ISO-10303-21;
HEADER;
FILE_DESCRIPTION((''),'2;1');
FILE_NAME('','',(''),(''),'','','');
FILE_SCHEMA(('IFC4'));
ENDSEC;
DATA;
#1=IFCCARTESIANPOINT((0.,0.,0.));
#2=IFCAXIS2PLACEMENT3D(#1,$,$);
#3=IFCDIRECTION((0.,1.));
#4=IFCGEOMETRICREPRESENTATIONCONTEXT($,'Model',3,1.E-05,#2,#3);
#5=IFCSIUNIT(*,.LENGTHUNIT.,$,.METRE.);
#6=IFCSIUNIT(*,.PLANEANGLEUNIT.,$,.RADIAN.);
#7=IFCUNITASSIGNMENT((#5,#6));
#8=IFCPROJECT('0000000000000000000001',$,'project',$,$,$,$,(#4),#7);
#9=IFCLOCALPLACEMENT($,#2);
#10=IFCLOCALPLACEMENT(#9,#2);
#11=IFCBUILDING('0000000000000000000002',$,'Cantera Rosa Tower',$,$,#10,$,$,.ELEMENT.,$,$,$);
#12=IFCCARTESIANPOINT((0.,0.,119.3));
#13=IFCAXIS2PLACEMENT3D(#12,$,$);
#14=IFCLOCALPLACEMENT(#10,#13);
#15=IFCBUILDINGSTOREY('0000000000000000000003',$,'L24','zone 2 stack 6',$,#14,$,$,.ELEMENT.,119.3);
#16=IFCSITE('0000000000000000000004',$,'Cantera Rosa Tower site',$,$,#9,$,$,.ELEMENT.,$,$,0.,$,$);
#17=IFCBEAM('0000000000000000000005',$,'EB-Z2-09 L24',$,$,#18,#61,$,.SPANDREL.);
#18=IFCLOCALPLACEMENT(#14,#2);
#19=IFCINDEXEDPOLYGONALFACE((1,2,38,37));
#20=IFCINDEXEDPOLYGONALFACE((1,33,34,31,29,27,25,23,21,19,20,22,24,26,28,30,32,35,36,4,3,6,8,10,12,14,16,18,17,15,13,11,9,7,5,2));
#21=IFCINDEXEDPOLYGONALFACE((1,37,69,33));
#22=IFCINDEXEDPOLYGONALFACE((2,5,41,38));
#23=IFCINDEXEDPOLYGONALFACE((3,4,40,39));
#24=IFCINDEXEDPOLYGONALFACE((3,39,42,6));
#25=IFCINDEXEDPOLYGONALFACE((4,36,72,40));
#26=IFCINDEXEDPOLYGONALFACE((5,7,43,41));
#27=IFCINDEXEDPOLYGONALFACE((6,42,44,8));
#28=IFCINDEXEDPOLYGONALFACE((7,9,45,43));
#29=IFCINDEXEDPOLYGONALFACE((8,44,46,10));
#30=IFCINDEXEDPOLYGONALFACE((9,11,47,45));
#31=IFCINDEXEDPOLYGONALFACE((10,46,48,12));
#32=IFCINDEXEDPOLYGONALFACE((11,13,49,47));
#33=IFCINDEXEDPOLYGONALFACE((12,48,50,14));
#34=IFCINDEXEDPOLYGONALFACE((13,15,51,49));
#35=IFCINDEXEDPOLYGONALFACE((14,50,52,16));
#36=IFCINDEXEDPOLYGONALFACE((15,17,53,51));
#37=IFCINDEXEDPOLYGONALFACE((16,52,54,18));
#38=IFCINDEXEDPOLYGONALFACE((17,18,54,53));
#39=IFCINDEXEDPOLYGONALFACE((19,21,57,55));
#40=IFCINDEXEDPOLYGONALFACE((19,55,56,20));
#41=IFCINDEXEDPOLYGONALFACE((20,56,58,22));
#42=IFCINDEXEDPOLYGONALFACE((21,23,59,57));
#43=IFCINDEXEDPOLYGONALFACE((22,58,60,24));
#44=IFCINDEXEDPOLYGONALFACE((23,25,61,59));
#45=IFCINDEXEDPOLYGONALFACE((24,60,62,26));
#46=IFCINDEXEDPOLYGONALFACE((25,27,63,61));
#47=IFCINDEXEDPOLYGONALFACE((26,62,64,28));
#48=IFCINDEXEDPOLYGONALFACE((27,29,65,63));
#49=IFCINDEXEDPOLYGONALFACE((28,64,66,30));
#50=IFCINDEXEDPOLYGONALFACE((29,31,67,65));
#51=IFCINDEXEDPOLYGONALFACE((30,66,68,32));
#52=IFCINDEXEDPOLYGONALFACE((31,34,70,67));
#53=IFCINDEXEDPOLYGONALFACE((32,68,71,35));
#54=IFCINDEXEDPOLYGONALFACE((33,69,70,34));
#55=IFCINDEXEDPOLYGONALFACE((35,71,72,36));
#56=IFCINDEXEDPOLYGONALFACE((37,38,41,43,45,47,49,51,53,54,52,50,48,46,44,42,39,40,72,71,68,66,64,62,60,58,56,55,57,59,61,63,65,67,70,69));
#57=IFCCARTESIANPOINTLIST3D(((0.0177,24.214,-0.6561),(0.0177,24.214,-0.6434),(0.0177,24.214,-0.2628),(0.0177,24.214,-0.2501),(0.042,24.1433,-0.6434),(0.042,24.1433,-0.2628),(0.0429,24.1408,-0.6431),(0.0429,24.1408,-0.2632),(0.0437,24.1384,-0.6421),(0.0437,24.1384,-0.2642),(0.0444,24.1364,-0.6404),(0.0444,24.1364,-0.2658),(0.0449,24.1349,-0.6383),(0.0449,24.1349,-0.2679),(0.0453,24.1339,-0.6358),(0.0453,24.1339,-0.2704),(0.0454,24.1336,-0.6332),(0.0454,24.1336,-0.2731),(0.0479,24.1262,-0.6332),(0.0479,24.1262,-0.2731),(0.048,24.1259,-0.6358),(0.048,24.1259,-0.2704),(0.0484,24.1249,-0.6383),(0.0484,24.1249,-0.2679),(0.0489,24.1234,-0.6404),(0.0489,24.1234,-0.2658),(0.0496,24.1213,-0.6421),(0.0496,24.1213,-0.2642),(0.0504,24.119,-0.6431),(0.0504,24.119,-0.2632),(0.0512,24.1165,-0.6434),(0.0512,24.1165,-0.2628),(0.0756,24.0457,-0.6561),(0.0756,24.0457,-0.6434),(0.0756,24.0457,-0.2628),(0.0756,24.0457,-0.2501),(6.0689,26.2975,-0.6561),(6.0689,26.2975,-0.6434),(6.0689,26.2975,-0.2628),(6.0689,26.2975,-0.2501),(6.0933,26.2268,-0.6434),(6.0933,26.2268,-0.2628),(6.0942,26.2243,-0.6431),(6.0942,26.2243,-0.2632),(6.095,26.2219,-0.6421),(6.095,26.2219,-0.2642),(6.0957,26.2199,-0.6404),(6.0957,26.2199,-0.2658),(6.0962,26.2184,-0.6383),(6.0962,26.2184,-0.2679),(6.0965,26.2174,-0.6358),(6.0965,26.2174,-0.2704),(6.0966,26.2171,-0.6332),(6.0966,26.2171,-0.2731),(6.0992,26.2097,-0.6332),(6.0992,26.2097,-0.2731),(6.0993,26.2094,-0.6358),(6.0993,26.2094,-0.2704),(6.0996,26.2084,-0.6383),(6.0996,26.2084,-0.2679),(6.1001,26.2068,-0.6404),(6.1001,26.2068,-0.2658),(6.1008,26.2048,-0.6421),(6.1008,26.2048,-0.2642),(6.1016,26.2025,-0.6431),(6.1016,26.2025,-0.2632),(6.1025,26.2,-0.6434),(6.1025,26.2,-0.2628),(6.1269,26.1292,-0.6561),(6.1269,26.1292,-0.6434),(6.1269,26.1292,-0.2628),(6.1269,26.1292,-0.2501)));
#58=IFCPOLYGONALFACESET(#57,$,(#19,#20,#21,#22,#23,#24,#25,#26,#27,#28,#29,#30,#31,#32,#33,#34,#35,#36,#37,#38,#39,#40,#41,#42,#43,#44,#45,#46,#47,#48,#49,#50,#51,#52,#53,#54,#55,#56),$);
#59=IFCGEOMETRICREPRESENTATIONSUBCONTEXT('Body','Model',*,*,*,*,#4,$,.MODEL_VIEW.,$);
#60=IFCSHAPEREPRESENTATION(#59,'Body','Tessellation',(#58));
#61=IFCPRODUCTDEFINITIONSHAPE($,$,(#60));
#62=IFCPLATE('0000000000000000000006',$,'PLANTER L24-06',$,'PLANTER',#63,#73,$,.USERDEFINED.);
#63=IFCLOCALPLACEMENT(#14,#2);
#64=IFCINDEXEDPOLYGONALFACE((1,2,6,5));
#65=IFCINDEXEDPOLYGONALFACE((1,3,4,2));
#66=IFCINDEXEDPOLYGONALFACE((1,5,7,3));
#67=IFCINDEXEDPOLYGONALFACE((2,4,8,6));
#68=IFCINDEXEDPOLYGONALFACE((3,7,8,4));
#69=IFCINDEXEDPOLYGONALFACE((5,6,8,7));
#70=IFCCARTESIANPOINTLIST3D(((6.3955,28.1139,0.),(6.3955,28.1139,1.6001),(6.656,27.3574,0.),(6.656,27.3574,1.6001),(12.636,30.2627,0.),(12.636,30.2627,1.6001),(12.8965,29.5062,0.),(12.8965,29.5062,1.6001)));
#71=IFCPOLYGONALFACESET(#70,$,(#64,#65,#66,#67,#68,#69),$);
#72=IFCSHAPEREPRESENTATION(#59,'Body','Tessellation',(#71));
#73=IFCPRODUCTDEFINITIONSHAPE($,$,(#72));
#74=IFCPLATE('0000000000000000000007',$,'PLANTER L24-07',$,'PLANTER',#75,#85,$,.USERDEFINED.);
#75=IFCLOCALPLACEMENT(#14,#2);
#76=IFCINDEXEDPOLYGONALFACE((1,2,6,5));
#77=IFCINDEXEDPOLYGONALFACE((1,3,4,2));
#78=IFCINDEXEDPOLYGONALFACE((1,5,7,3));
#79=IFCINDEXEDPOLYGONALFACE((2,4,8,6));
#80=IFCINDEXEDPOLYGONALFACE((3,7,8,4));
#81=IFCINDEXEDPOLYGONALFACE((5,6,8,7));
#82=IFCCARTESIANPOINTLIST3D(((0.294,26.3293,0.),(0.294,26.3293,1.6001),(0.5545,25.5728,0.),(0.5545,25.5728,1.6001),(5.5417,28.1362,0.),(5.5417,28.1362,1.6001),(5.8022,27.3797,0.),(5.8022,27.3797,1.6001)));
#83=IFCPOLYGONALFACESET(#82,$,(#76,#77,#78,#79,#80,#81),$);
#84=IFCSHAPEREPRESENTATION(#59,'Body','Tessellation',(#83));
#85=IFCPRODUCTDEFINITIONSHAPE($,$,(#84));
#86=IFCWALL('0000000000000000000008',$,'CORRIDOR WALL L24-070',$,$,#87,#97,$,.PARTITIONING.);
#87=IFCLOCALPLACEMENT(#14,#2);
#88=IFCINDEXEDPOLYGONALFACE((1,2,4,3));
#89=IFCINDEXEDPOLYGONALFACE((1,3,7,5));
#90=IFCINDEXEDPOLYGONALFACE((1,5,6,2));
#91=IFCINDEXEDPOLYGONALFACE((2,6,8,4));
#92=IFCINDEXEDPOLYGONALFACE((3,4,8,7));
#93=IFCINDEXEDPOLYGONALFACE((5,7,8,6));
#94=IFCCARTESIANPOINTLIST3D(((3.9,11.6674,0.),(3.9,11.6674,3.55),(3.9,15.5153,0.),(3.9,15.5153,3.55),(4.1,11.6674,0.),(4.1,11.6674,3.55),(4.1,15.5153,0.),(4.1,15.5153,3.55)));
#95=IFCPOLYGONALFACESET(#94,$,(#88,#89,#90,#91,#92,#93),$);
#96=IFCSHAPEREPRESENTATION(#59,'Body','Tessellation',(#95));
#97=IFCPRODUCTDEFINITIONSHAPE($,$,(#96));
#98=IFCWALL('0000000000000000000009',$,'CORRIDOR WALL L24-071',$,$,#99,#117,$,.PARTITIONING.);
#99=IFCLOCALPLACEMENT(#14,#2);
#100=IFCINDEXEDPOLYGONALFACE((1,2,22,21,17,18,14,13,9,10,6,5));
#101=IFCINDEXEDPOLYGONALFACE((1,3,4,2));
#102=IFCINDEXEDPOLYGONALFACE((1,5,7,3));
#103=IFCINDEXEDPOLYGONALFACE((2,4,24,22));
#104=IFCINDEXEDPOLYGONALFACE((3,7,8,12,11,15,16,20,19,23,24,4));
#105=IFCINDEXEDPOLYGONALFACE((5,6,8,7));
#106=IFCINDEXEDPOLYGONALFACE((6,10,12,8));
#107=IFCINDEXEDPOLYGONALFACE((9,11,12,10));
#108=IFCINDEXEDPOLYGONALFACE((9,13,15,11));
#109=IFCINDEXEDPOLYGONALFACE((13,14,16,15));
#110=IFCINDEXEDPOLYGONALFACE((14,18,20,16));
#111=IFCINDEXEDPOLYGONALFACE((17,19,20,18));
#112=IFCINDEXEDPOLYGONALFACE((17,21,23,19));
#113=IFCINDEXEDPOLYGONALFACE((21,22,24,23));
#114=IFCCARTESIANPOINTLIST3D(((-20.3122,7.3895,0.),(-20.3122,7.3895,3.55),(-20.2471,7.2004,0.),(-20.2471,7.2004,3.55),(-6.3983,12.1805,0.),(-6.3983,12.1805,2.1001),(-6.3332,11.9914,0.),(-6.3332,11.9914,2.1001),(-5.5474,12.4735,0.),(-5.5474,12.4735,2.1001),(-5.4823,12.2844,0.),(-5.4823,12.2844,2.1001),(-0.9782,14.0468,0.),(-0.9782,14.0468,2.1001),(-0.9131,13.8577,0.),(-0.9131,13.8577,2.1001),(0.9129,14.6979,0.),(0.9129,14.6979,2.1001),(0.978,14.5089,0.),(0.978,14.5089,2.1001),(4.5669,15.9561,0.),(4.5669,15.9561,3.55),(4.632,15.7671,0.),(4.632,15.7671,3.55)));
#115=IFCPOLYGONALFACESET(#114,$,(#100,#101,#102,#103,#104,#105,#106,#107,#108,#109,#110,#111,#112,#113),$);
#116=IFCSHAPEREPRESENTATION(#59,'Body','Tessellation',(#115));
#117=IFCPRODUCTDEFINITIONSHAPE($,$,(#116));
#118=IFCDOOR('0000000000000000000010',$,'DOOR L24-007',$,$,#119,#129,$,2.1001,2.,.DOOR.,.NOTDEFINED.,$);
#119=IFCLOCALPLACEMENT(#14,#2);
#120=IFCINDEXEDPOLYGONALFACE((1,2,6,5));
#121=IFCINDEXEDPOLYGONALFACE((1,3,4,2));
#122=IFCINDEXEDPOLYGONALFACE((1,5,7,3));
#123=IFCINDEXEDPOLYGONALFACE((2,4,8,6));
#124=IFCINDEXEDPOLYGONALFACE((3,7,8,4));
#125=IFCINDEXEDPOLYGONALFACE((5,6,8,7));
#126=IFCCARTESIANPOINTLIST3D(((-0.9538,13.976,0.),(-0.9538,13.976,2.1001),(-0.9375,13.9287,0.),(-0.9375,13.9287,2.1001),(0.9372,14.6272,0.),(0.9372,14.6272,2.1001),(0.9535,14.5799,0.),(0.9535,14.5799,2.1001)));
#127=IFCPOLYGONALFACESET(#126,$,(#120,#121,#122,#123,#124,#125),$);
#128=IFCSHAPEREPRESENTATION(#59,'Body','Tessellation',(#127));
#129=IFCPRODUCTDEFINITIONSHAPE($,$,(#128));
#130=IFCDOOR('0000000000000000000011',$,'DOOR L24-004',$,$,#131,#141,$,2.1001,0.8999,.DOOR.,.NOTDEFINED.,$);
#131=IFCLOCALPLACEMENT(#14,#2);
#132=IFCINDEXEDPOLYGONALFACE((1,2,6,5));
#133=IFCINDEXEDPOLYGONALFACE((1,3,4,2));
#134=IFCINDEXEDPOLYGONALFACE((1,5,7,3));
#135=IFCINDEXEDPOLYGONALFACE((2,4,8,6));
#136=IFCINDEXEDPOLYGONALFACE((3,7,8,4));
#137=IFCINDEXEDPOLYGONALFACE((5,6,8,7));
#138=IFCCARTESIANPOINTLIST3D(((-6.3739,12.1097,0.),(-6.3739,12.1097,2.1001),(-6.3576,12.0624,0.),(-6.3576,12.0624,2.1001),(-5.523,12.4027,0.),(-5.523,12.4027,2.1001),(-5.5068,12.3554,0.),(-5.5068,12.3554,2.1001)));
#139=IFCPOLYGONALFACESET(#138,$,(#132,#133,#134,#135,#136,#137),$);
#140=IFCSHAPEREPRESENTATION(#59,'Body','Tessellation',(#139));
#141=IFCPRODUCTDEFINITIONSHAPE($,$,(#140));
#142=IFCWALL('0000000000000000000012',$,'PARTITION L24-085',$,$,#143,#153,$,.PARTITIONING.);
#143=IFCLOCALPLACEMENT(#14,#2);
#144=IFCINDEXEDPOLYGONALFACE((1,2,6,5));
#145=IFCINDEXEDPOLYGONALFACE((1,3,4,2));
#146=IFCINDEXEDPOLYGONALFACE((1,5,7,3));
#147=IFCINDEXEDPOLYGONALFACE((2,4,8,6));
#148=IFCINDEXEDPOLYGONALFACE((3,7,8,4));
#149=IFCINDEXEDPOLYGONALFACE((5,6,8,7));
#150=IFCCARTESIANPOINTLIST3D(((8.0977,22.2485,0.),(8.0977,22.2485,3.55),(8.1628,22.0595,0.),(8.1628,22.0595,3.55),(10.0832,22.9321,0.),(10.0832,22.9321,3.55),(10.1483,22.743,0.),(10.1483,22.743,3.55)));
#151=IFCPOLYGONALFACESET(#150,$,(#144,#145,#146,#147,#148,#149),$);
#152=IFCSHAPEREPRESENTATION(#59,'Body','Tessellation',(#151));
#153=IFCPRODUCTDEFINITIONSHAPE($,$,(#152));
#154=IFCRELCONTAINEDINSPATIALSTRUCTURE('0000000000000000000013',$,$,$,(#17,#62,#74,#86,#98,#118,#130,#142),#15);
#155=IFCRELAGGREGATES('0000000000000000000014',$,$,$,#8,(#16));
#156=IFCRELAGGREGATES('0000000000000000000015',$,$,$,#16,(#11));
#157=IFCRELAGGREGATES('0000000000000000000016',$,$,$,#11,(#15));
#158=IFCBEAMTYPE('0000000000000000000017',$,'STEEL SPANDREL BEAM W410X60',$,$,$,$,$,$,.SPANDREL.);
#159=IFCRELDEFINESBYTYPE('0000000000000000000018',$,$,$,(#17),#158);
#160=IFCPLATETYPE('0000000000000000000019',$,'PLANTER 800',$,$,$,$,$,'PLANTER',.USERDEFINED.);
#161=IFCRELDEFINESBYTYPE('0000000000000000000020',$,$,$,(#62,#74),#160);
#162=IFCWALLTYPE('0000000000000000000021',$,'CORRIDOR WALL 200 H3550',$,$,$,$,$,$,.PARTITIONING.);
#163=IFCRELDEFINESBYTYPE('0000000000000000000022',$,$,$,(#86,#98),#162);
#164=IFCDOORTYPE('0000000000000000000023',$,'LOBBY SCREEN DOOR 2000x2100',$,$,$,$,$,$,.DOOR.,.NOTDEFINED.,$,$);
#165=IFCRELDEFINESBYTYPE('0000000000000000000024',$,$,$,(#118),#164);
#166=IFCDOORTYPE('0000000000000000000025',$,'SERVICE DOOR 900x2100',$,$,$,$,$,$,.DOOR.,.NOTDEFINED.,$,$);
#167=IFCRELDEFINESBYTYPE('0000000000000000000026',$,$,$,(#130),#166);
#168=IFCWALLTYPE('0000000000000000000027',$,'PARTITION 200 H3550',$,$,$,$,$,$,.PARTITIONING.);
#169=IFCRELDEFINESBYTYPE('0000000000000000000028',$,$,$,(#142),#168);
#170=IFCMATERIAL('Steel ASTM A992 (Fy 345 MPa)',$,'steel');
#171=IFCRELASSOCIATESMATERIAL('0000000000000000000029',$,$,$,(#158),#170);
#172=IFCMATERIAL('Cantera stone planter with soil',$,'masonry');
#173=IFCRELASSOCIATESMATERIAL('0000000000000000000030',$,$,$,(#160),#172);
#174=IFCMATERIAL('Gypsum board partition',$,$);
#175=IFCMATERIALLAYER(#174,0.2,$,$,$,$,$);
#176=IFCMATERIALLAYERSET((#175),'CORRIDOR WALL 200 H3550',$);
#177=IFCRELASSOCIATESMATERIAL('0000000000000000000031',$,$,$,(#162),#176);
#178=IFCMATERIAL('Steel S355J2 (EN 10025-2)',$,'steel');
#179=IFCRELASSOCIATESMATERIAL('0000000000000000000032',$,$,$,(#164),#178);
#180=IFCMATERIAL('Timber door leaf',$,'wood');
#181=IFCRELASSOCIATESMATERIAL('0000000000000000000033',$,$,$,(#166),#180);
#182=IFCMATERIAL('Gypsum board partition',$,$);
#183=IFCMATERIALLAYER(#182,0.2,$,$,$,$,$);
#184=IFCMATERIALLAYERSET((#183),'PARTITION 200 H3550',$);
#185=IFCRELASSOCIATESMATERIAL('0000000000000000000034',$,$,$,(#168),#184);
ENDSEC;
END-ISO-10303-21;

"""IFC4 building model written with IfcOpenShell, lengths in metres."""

from ifc_helpers import new_model, si_unit, direction, frame, frame_2d, origin, origin_2d, place, context, subcontext, project, spatial, rectangle, i_section, extrude, material, layer, layer_set, material_profile, profile_set, type_object, element, fill, save


model = new_model("IFC4")

# Units and contexts
model_context = context("Model", 3, precision=1e-05, world=origin(), true_north=direction((0.0, 1.0)))
body_context = subcontext(model_context, "Body", "Model", "MODEL_VIEW")
ifc_project = project(units=[si_unit("LENGTHUNIT", "METRE"), si_unit("PLANEANGLEUNIT", "RADIAN")], contexts=[model_context])

# Site, building, storey
site_placement = place(None, origin())
site = spatial("IfcSite", under=ifc_project, at=site_placement, Name="Cantera Rosa Tower site", CompositionType="ELEMENT", RefElevation=0.0)
building_placement = place(site_placement, origin())
building = spatial("IfcBuilding", under=site, at=building_placement, Name="Cantera Rosa Tower", CompositionType="ELEMENT")
storey_placement = place(building_placement, frame((0.0, 0.0, 119.3)))
storey = spatial("IfcBuildingStorey", under=building, at=storey_placement, Name="L24", Description="zone 2 stack 6", CompositionType="ELEMENT", Elevation=119.3)

# Beam
ifc_material_1 = material(Name="Steel ASTM A992 (Fy 345 MPa)", Category="steel")
ifc_material_profile_1 = material_profile(ifc_material_1, i_section(OverallWidth=0.178, OverallDepth=0.406, WebThickness=0.0078, FlangeThickness=0.0127, FilletRadius=0.0103, at=origin_2d()), Name="W410X60")
ifc_profile_set_1 = profile_set([ifc_material_profile_1], Name="Steel ASTM A992 (Fy 345 MPa)")
beam_type_1 = type_object("IfcBeamType", Name="STEEL SPANDREL BEAM W410X60", PredefinedType="SPANDREL", material=ifc_profile_set_1)
beam_1_placement = place(storey_placement, frame((6.0979, 26.2134, -0.4531), z_axis=(-0.945524, -0.325551, 0.0), x_axis=(0.325551, -0.945524, 0.0)))
element("IfcBeam", 1, at=beam_1_placement, inside=storey, type_object=beam_type_1, Name="EB-Z2-09 L24", PredefinedType="SPANDREL", context=body_context, shape_type="SweptSolid", body=[
    extrude(i_section(OverallWidth=0.178, OverallDepth=0.406, WebThickness=0.0078, FlangeThickness=0.0127, FilletRadius=0.0103, at=origin_2d()), origin(), (0.0, 0.0, 1.0), 6.3999),
])

# Plates
ifc_material_2 = material(Name="Cantera stone planter with soil", Category="masonry")
plate_type = type_object("IfcPlateType", Name="PLANTER 800", ElementType="PLANTER", PredefinedType="USERDEFINED", material=ifc_material_2)
plate_1_placement = place(storey_placement, frame((9.646, 28.8101, 0.0), z_axis=(0.0, 0.0, 1.0), x_axis=(-0.945519, -0.325568, 0.0)))
element("IfcPlate", 2, at=plate_1_placement, inside=storey, type_object=plate_type, Name="PLANTER L24-06", ObjectType="PLANTER", PredefinedType="USERDEFINED", context=body_context, shape_type="SweptSolid", body=[
    extrude(rectangle(XDim=6.6001, YDim=0.8, at=origin_2d()), origin(), (0.0, 0.0, 1.0), 1.6001),
])
plate_2_placement = place(storey_placement, frame((3.0481, 26.8545, 0.0), z_axis=(0.0, 0.0, 1.0), x_axis=(-0.945519, -0.325568, 0.0)))
element("IfcPlate", 3, at=plate_2_placement, inside=storey, type_object=plate_type, Name="PLANTER L24-07", ObjectType="PLANTER", PredefinedType="USERDEFINED", context=body_context, shape_type="SweptSolid", body=[
    extrude(rectangle(XDim=5.55, YDim=0.8, at=origin_2d()), origin(), (0.0, 0.0, 1.0), 1.6001),
])

# Wall
ifc_material_3 = material(Name="Gypsum board partition")
ifc_layer_1 = layer(ifc_material_3, 0.2)
ifc_layer_set_1 = layer_set([ifc_layer_1], Name="CORRIDOR WALL 200 H3550")
wall_type_1 = type_object("IfcWallType", Name="CORRIDOR WALL 200 H3550", PredefinedType="PARTITIONING", material=ifc_layer_set_1)
wall_1_placement = place(storey_placement, frame((4.0, 15.5151, 0.0), z_axis=(0.0, 0.0, 1.0), x_axis=(0.0, -1.0, 0.0)))
element("IfcWall", 4, at=wall_1_placement, inside=storey, type_object=wall_type_1, Name="CORRIDOR WALL L24-070", PredefinedType="PARTITIONING", context=body_context, shape_type="SweptSolid", body=[
    extrude(rectangle(XDim=3.8479, YDim=0.2, at=frame_2d((1.9238, 0.0))), origin(), (0.0, 0.0, 1.0), 3.55),
])

# Wall, openings, doors
wall_2_placement = place(storey_placement, frame((4.5994, 15.8616, 0.0), z_axis=(0.0, 0.0, 1.0), x_axis=(-0.945518, -0.325571, 0.0)))
wall_2 = element("IfcWall", 5, at=wall_2_placement, inside=storey, type_object=wall_type_1, Name="CORRIDOR WALL L24-071", PredefinedType="PARTITIONING", context=body_context, shape_type="SweptSolid", body=[
    extrude(rectangle(XDim=26.3127, YDim=0.2, at=frame_2d((13.1562, 0.0))), origin(), (0.0, 0.0, 1.0), 3.55),
])
opening_1_placement = place(wall_2_placement, frame((10.697, 0.0, 0.0)))
opening_1 = element("IfcOpeningElement", 6, at=opening_1_placement, cuts=wall_2, PredefinedType="OPENING", context=body_context, shape_type="SweptSolid", body=[
    extrude(rectangle(XDim=0.8999, YDim=2.1001, at=frame_2d((0.45, 1.05))), frame((0.0, 0.1099, 0.0), z_axis=(0.0, -1.0, 0.0), x_axis=(1.0, 0.0, 0.0)), (0.0, 0.0, 1.0), 0.22),
])
opening_2_placement = place(wall_2_placement, frame((3.8645, 0.0, 0.0)))
opening_2 = element("IfcOpeningElement", 7, at=opening_2_placement, cuts=wall_2, PredefinedType="OPENING", context=body_context, shape_type="SweptSolid", body=[
    extrude(rectangle(XDim=2.0, YDim=2.1001, at=frame_2d((1.0, 1.05))), frame((0.0, 0.1099, 0.0), z_axis=(0.0, -1.0, 0.0), x_axis=(1.0, 0.0, 0.0)), (0.0, 0.0, 1.0), 0.22),
])
ifc_material_4 = material(Name="Steel S355J2 (EN 10025-2)", Category="steel")
door_type_1 = type_object("IfcDoorType", Name="LOBBY SCREEN DOOR 2000x2100", OperationType="NOTDEFINED", PredefinedType="DOOR", material=ifc_material_4)
door_1_placement = place(opening_2_placement, origin())
door_1 = element("IfcDoor", 8, at=door_1_placement, inside=storey, type_object=door_type_1, Name="DOOR L24-007", OperationType="NOTDEFINED", OverallHeight=2.1001, OverallWidth=2.0, PredefinedType="DOOR", context=body_context, shape_type="SweptSolid", body=[
    extrude(rectangle(XDim=2.0, YDim=2.1001, at=frame_2d((1.0, 1.05))), frame((0.0, 0.0249, 0.0), z_axis=(0.0, -1.0, 0.0), x_axis=(1.0, 0.0, 0.0)), (0.0, 0.0, 1.0), 0.05),
])
fill(opening_2, door_1)
ifc_material_5 = material(Name="Timber door leaf", Category="wood")
door_type_2 = type_object("IfcDoorType", Name="SERVICE DOOR 900x2100", OperationType="NOTDEFINED", PredefinedType="DOOR", material=ifc_material_5)
door_2_placement = place(opening_1_placement, origin())
door_2 = element("IfcDoor", 9, at=door_2_placement, inside=storey, type_object=door_type_2, Name="DOOR L24-004", OperationType="NOTDEFINED", OverallHeight=2.1001, OverallWidth=0.8999, PredefinedType="DOOR", context=body_context, shape_type="SweptSolid", body=[
    extrude(rectangle(XDim=0.8999, YDim=2.1001, at=frame_2d((0.45, 1.05))), frame((0.0, 0.0249, 0.0), z_axis=(0.0, -1.0, 0.0), x_axis=(1.0, 0.0, 0.0)), (0.0, 0.0, 1.0), 0.05),
])
fill(opening_1, door_2)

# Wall
ifc_material_6 = material(Name="Gypsum board partition")
ifc_layer_2 = layer(ifc_material_6, 0.2)
ifc_layer_set_2 = layer_set([ifc_layer_2], Name="PARTITION 200 H3550")
wall_type_2 = type_object("IfcWallType", Name="PARTITION 200 H3550", PredefinedType="PARTITIONING", material=ifc_layer_set_2)
wall_3_placement = place(storey_placement, frame((8.1304, 22.1541, 0.0), z_axis=(0.0, 0.0, 1.0), x_axis=(0.945533, 0.325525, 0.0)))
element("IfcWall", 10, at=wall_3_placement, inside=storey, type_object=wall_type_2, Name="PARTITION L24-085", PredefinedType="PARTITIONING", context=body_context, shape_type="SweptSolid", body=[
    extrude(rectangle(XDim=2.0999, YDim=0.2, at=frame_2d((1.0498, 0.0))), origin(), (0.0, 0.0, 1.0), 3.55),
])

save(model, "model.ifc")
